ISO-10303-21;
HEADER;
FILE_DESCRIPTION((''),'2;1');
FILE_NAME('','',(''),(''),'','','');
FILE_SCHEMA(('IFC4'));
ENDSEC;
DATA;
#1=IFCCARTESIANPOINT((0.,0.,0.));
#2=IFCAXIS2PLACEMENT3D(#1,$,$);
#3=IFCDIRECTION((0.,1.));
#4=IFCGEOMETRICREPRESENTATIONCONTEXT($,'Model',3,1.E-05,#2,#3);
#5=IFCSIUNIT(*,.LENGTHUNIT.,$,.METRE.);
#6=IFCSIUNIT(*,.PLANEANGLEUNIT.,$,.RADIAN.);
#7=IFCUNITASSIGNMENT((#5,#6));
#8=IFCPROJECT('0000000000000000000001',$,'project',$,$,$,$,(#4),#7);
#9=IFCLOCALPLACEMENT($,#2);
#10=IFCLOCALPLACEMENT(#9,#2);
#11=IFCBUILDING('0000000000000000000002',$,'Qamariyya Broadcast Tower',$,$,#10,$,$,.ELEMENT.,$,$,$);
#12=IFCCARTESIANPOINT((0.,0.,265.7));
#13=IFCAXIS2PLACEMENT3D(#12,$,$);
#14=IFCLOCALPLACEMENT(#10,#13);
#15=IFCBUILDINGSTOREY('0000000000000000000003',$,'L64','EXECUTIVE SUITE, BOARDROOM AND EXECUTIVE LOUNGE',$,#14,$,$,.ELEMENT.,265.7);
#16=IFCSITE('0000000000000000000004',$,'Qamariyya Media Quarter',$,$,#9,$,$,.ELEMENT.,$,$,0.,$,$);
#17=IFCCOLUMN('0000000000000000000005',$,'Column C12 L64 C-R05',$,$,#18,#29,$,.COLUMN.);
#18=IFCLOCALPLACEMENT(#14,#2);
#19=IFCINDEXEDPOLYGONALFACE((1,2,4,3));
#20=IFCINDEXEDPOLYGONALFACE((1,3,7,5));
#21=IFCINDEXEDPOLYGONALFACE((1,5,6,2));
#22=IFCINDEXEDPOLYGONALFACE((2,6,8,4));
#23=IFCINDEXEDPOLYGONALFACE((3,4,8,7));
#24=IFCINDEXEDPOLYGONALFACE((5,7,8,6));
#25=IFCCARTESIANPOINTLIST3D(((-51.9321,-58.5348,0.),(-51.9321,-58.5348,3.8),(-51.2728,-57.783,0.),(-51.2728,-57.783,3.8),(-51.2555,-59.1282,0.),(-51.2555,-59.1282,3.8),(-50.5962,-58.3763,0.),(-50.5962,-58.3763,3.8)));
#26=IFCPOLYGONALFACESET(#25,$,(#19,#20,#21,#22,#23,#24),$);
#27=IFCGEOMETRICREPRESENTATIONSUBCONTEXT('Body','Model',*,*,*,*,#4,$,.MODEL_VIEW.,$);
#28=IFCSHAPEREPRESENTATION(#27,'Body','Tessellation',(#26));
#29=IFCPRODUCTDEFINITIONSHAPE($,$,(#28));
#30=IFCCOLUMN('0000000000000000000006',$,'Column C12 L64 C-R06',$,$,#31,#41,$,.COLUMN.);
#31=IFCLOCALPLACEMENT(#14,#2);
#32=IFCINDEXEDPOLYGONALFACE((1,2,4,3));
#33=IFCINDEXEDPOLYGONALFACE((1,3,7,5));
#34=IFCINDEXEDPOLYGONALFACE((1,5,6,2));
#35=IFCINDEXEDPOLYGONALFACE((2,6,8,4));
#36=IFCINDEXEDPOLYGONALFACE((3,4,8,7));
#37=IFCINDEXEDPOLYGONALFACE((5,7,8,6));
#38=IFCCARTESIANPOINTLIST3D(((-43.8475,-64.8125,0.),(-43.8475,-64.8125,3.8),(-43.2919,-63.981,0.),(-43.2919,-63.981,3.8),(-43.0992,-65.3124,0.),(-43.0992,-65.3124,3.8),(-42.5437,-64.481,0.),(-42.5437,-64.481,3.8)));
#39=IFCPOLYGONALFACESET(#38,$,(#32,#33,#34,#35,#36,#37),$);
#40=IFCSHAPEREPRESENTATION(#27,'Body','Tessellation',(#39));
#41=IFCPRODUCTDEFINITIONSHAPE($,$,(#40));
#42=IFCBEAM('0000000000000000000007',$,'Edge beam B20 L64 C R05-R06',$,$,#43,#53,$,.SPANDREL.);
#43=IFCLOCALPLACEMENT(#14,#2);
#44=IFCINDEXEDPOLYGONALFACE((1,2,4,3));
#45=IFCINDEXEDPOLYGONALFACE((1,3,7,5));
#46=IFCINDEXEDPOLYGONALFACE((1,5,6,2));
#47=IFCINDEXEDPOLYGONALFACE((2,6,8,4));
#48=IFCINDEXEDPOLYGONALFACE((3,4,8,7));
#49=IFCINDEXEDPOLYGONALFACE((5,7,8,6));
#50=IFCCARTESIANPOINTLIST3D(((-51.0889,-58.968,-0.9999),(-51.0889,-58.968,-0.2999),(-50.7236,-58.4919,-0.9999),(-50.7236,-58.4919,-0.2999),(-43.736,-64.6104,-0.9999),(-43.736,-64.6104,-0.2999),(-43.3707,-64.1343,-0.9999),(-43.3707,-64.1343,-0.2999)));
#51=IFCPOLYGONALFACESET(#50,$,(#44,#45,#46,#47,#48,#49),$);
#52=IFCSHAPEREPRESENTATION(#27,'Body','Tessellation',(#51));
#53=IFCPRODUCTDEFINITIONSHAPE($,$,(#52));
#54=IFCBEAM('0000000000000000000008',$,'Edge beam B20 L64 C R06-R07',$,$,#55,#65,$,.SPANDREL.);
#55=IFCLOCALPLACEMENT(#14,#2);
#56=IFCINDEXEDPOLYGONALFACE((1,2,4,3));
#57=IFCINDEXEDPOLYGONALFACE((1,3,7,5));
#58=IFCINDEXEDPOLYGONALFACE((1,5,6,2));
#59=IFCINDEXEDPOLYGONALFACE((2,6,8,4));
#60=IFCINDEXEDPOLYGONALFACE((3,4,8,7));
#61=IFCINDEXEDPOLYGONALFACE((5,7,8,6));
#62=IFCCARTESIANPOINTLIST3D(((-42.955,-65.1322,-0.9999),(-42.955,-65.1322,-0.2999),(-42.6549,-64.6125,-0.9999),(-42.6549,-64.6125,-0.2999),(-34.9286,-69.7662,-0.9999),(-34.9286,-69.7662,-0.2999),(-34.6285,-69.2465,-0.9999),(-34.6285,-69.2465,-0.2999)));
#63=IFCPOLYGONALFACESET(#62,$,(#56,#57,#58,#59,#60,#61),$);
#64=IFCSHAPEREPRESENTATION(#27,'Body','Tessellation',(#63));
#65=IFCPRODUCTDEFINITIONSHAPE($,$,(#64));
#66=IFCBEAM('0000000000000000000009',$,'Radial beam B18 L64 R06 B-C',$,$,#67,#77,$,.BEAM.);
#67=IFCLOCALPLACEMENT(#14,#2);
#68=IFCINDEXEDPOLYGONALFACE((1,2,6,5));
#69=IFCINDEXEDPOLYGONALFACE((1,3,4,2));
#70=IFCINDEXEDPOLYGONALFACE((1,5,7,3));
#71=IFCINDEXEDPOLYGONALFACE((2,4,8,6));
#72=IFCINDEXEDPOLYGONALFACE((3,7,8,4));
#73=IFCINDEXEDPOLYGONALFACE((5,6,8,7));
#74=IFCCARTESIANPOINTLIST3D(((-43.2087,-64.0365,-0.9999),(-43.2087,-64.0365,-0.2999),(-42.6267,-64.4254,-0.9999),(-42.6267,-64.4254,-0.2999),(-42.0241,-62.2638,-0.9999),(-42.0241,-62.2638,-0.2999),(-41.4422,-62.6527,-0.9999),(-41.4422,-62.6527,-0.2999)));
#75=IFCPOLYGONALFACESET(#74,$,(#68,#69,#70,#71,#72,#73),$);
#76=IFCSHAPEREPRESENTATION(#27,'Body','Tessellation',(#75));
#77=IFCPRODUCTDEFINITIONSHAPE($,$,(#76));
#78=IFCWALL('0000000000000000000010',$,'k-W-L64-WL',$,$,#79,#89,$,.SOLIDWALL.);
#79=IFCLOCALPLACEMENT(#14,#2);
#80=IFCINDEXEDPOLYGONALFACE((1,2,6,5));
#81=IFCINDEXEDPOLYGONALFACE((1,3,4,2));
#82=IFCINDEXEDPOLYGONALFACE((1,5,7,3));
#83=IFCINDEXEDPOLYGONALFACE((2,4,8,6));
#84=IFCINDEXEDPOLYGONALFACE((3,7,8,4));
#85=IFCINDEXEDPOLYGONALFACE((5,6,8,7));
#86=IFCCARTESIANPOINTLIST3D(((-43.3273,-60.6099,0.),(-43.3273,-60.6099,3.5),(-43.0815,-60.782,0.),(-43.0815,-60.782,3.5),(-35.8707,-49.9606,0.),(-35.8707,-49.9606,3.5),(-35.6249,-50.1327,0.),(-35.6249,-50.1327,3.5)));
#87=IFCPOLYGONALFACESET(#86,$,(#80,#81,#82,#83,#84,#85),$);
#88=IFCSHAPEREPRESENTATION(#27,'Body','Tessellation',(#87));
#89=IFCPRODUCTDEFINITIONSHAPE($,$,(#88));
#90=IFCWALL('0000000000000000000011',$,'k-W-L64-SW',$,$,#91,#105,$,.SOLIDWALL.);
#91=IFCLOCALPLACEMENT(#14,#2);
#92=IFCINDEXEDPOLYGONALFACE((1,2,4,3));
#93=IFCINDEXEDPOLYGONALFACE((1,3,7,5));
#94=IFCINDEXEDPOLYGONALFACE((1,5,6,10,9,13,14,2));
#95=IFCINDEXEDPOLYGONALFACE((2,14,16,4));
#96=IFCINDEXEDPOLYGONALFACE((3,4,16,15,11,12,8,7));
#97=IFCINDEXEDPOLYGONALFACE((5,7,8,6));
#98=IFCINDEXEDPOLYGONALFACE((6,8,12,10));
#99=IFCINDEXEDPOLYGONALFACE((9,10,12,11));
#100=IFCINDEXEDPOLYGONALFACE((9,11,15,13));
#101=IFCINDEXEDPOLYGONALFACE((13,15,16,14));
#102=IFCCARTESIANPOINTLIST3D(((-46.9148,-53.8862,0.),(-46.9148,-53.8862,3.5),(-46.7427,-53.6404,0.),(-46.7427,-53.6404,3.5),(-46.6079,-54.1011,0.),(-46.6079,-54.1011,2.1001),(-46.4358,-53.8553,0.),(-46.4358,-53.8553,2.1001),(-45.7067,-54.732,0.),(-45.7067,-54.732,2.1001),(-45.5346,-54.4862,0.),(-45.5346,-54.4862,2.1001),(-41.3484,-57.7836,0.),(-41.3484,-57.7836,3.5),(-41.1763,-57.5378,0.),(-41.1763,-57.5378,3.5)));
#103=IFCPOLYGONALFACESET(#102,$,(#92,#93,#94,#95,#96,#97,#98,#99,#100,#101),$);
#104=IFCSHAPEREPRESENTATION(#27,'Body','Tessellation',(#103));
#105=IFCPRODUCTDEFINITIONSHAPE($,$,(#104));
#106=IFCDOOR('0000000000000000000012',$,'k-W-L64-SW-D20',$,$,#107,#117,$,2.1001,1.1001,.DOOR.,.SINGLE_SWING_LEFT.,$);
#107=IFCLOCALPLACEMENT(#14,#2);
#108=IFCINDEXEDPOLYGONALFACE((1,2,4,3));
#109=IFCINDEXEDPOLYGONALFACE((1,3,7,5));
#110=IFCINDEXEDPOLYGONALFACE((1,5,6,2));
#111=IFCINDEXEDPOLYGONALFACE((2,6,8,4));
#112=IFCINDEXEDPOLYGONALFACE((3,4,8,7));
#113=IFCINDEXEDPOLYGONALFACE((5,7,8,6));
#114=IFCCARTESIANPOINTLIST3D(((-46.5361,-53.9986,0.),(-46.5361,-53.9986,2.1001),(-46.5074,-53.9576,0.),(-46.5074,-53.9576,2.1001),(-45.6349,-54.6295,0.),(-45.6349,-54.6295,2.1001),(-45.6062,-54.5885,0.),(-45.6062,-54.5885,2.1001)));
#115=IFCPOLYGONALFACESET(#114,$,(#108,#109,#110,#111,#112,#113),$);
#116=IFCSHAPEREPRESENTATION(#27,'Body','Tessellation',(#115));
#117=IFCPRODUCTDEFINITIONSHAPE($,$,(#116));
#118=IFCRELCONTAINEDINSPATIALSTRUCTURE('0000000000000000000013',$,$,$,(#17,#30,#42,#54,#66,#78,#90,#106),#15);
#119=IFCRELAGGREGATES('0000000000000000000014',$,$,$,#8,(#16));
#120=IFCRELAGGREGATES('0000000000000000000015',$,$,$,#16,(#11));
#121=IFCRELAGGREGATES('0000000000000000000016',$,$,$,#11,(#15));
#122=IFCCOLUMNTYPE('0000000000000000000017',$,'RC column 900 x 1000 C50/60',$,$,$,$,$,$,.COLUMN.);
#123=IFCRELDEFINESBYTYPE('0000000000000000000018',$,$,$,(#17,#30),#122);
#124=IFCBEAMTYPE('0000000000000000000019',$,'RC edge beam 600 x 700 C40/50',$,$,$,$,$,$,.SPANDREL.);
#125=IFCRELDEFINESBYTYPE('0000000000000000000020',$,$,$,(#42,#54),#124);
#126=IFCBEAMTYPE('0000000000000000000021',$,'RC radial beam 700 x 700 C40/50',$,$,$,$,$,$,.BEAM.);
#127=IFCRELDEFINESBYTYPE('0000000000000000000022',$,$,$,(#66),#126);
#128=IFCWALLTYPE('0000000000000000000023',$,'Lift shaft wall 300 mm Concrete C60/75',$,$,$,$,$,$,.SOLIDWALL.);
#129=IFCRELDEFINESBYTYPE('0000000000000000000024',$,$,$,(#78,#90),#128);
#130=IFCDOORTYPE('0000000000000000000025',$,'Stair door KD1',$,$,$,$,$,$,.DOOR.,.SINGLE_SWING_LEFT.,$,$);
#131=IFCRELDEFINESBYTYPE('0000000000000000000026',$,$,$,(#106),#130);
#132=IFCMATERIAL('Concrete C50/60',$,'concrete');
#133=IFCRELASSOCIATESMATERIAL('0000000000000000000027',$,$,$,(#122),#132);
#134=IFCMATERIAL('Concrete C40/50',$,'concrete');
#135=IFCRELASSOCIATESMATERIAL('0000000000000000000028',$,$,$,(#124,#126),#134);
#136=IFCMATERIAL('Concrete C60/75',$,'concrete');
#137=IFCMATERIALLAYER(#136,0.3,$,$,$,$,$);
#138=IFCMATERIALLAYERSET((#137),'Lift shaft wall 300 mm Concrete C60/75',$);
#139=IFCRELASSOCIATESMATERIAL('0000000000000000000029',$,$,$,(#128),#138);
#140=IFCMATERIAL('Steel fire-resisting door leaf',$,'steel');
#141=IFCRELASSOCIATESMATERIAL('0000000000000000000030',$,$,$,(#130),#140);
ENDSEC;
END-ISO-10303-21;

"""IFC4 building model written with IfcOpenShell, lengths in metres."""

from ifc_helpers import new_model, si_unit, direction, frame, frame_2d, origin, origin_2d, place, context, subcontext, project, spatial, rectangle, extrude, material, layer, layer_set, material_profile, profile_set, type_object, element, fill, save


model = new_model("IFC4")

# Units and contexts
model_context = context("Model", 3, precision=1e-05, world=origin(), true_north=direction((0.0, 1.0)))
body_context = subcontext(model_context, "Body", "Model", "MODEL_VIEW")
ifc_project = project(units=[si_unit("LENGTHUNIT", "METRE"), si_unit("PLANEANGLEUNIT", "RADIAN")], contexts=[model_context])

# Site, building, storey
site_placement = place(None, origin())
site = spatial("IfcSite", under=ifc_project, at=site_placement, Name="Qamariyya Media Quarter", CompositionType="ELEMENT", RefElevation=0.0)
building_placement = place(site_placement, origin())
building = spatial("IfcBuilding", under=site, at=building_placement, Name="Qamariyya Broadcast Tower", CompositionType="ELEMENT")
storey_placement = place(building_placement, frame((0.0, 0.0, 265.7)))
storey = spatial("IfcBuildingStorey", under=building, at=storey_placement, Name="L64", Description="EXECUTIVE SUITE, BOARDROOM AND EXECUTIVE LOUNGE", CompositionType="ELEMENT", Elevation=265.7)

# Columns
ifc_material_1 = material(Name="Concrete C50/60", Category="concrete")
ifc_material_profile_1 = material_profile(ifc_material_1, rectangle(XDim=0.8999, YDim=1.0, at=origin_2d()))
ifc_profile_set_1 = profile_set([ifc_material_profile_1], Name="Concrete C50/60")
column_type = type_object("IfcColumnType", Name="RC column 900 x 1000 C50/60", PredefinedType="COLUMN", material=ifc_profile_set_1)
for number, where, z_axis, x_axis, name in (
    (1, (-51.2642, -58.4556, 0.0), (0.0, 0.0, 1.0), (0.75184, -0.659346, 0.0), "Column C12 L64 C-R05"),
    (2, (-43.1956, -64.6467, 0.0), (0.0, 0.0, 1.0), (0.83147, -0.55557, 0.0), "Column C12 L64 C-R06"),
):
    element("IfcColumn", number, at=place(storey_placement, frame(where, z_axis=z_axis, x_axis=x_axis)), inside=storey, type_object=column_type, Name=name, PredefinedType="COLUMN", context=body_context, shape_type="SweptSolid", body=[
        extrude(rectangle(XDim=0.8999, YDim=1.0, at=origin_2d()), origin(), (0.0, 0.0, 1.0), 3.8),
    ])

# Beams
ifc_material_2 = material(Name="Concrete C40/50", Category="concrete")
ifc_material_profile_2 = material_profile(ifc_material_2, rectangle(XDim=0.6001, YDim=0.7, at=origin_2d()))
ifc_profile_set_2 = profile_set([ifc_material_profile_2], Name="Concrete C40/50")
beam_type_1 = type_object("IfcBeamType", Name="RC edge beam 600 x 700 C40/50", PredefinedType="SPANDREL", material=ifc_profile_set_2)
beam_1_placement = place(storey_placement, frame((-50.9062, -58.73, -0.6499), z_axis=(0.793335, -0.608785, 0.0), x_axis=(0.608785, 0.793335, 0.0)))
element("IfcBeam", 3, at=beam_1_placement, inside=storey, type_object=beam_type_1, Name="Edge beam B20 L64 C R05-R06", PredefinedType="SPANDREL", context=body_context, shape_type="SweptSolid", body=[
    extrude(rectangle(XDim=0.6001, YDim=0.7, at=origin_2d()), origin(), (0.0, 0.0, 1.0), 9.2683),
])
beam_2_placement = place(storey_placement, frame((-42.8049, -64.8723, -0.6499), z_axis=(0.866025, -0.500001, 0.0), x_axis=(0.500001, 0.866025, 0.0)))
element("IfcBeam", 4, at=beam_2_placement, inside=storey, type_object=beam_type_1, Name="Edge beam B20 L64 C R06-R07", PredefinedType="SPANDREL", context=body_context, shape_type="SweptSolid", body=[
    extrude(rectangle(XDim=0.6001, YDim=0.7, at=origin_2d()), origin(), (0.0, 0.0, 1.0), 9.2681),
])
ifc_material_profile_3 = material_profile(ifc_material_2, rectangle(XDim=0.7, YDim=0.7, at=origin_2d()))
ifc_profile_set_3 = profile_set([ifc_material_profile_3], Name="Concrete C40/50")
beam_type_2 = type_object("IfcBeamType", Name="RC radial beam 700 x 700 C40/50", PredefinedType="BEAM", material=ifc_profile_set_3)
beam_3_placement = place(storey_placement, frame((-41.7332, -62.4583, -0.6499), z_axis=(-0.555598, -0.831451, 0.0), x_axis=(0.831451, -0.555598, 0.0)))
element("IfcBeam", 5, at=beam_3_placement, inside=storey, type_object=beam_type_2, Name="Radial beam B18 L64 R06 B-C", PredefinedType="BEAM", context=body_context, shape_type="SweptSolid", body=[
    extrude(rectangle(XDim=0.7, YDim=0.7, at=origin_2d()), origin(), (0.0, 0.0, 1.0), 2.1321),
])

# Wall
ifc_material_3 = material(Name="Concrete C60/75", Category="concrete")
ifc_layer = layer(ifc_material_3, 0.3)
ifc_layer_set = layer_set([ifc_layer], Name="Lift shaft wall 300 mm Concrete C60/75")
wall_type = type_object("IfcWallType", Name="Lift shaft wall 300 mm Concrete C60/75", PredefinedType="SOLIDWALL", material=ifc_layer_set)
wall_1_placement = place(storey_placement, frame((-43.2043, -60.6958, 0.0), z_axis=(0.0, 0.0, 1.0), x_axis=(0.573572, 0.819155, 0.0)))
element("IfcWall", 6, at=wall_1_placement, inside=storey, type_object=wall_type, Name="k-W-L64-WL", PredefinedType="SOLIDWALL", context=body_context, shape_type="SweptSolid", body=[
    extrude(rectangle(XDim=13.0002, YDim=0.3, at=frame_2d((6.5, 0.0))), origin(), (0.0, 0.0, 1.0), 3.5),
])

# Wall, opening, door
wall_2_placement = place(storey_placement, frame((-41.2625, -57.6606, 0.0), z_axis=(0.0, 0.0, 1.0), x_axis=(-0.819164, 0.573559, 0.0)))
wall_2 = element("IfcWall", 7, at=wall_2_placement, inside=storey, type_object=wall_type, Name="k-W-L64-SW", PredefinedType="SOLIDWALL", context=body_context, shape_type="SweptSolid", body=[
    extrude(rectangle(XDim=6.7952, YDim=0.3, at=frame_2d((3.3975, 0.0))), origin(), (0.0, 0.0, 1.0), 3.5),
])
opening_placement = place(wall_2_placement, frame((5.3203, 0.0, 0.0)))
opening = element("IfcOpeningElement", 8, at=opening_placement, cuts=wall_2, PredefinedType="OPENING", context=body_context, shape_type="SweptSolid", body=[
    extrude(rectangle(XDim=1.1001, YDim=2.1001, at=frame_2d((0.55, 1.05))), frame((0.0, 0.1599, 0.0), z_axis=(0.0, -1.0, 0.0), x_axis=(1.0, 0.0, 0.0)), (0.0, 0.0, 1.0), 0.3201),
])
ifc_material_4 = material(Name="Steel fire-resisting door leaf", Category="steel")
door_type = type_object("IfcDoorType", Name="Stair door KD1", OperationType="SINGLE_SWING_LEFT", PredefinedType="DOOR", material=ifc_material_4)
door_placement = place(opening_placement, origin())
door = element("IfcDoor", 9, at=door_placement, inside=storey, type_object=door_type, Name="k-W-L64-SW-D20", OperationType="SINGLE_SWING_LEFT", OverallHeight=2.1001, OverallWidth=1.1001, PredefinedType="DOOR", context=body_context, shape_type="SweptSolid", body=[
    extrude(rectangle(XDim=1.1001, YDim=2.1001, at=frame_2d((0.55, 1.05))), frame((0.0, 0.0249, 0.0), z_axis=(0.0, -1.0, 0.0), x_axis=(1.0, 0.0, 0.0)), (0.0, 0.0, 1.0), 0.05),
])
fill(opening, door)

save(model, "model.ifc")
